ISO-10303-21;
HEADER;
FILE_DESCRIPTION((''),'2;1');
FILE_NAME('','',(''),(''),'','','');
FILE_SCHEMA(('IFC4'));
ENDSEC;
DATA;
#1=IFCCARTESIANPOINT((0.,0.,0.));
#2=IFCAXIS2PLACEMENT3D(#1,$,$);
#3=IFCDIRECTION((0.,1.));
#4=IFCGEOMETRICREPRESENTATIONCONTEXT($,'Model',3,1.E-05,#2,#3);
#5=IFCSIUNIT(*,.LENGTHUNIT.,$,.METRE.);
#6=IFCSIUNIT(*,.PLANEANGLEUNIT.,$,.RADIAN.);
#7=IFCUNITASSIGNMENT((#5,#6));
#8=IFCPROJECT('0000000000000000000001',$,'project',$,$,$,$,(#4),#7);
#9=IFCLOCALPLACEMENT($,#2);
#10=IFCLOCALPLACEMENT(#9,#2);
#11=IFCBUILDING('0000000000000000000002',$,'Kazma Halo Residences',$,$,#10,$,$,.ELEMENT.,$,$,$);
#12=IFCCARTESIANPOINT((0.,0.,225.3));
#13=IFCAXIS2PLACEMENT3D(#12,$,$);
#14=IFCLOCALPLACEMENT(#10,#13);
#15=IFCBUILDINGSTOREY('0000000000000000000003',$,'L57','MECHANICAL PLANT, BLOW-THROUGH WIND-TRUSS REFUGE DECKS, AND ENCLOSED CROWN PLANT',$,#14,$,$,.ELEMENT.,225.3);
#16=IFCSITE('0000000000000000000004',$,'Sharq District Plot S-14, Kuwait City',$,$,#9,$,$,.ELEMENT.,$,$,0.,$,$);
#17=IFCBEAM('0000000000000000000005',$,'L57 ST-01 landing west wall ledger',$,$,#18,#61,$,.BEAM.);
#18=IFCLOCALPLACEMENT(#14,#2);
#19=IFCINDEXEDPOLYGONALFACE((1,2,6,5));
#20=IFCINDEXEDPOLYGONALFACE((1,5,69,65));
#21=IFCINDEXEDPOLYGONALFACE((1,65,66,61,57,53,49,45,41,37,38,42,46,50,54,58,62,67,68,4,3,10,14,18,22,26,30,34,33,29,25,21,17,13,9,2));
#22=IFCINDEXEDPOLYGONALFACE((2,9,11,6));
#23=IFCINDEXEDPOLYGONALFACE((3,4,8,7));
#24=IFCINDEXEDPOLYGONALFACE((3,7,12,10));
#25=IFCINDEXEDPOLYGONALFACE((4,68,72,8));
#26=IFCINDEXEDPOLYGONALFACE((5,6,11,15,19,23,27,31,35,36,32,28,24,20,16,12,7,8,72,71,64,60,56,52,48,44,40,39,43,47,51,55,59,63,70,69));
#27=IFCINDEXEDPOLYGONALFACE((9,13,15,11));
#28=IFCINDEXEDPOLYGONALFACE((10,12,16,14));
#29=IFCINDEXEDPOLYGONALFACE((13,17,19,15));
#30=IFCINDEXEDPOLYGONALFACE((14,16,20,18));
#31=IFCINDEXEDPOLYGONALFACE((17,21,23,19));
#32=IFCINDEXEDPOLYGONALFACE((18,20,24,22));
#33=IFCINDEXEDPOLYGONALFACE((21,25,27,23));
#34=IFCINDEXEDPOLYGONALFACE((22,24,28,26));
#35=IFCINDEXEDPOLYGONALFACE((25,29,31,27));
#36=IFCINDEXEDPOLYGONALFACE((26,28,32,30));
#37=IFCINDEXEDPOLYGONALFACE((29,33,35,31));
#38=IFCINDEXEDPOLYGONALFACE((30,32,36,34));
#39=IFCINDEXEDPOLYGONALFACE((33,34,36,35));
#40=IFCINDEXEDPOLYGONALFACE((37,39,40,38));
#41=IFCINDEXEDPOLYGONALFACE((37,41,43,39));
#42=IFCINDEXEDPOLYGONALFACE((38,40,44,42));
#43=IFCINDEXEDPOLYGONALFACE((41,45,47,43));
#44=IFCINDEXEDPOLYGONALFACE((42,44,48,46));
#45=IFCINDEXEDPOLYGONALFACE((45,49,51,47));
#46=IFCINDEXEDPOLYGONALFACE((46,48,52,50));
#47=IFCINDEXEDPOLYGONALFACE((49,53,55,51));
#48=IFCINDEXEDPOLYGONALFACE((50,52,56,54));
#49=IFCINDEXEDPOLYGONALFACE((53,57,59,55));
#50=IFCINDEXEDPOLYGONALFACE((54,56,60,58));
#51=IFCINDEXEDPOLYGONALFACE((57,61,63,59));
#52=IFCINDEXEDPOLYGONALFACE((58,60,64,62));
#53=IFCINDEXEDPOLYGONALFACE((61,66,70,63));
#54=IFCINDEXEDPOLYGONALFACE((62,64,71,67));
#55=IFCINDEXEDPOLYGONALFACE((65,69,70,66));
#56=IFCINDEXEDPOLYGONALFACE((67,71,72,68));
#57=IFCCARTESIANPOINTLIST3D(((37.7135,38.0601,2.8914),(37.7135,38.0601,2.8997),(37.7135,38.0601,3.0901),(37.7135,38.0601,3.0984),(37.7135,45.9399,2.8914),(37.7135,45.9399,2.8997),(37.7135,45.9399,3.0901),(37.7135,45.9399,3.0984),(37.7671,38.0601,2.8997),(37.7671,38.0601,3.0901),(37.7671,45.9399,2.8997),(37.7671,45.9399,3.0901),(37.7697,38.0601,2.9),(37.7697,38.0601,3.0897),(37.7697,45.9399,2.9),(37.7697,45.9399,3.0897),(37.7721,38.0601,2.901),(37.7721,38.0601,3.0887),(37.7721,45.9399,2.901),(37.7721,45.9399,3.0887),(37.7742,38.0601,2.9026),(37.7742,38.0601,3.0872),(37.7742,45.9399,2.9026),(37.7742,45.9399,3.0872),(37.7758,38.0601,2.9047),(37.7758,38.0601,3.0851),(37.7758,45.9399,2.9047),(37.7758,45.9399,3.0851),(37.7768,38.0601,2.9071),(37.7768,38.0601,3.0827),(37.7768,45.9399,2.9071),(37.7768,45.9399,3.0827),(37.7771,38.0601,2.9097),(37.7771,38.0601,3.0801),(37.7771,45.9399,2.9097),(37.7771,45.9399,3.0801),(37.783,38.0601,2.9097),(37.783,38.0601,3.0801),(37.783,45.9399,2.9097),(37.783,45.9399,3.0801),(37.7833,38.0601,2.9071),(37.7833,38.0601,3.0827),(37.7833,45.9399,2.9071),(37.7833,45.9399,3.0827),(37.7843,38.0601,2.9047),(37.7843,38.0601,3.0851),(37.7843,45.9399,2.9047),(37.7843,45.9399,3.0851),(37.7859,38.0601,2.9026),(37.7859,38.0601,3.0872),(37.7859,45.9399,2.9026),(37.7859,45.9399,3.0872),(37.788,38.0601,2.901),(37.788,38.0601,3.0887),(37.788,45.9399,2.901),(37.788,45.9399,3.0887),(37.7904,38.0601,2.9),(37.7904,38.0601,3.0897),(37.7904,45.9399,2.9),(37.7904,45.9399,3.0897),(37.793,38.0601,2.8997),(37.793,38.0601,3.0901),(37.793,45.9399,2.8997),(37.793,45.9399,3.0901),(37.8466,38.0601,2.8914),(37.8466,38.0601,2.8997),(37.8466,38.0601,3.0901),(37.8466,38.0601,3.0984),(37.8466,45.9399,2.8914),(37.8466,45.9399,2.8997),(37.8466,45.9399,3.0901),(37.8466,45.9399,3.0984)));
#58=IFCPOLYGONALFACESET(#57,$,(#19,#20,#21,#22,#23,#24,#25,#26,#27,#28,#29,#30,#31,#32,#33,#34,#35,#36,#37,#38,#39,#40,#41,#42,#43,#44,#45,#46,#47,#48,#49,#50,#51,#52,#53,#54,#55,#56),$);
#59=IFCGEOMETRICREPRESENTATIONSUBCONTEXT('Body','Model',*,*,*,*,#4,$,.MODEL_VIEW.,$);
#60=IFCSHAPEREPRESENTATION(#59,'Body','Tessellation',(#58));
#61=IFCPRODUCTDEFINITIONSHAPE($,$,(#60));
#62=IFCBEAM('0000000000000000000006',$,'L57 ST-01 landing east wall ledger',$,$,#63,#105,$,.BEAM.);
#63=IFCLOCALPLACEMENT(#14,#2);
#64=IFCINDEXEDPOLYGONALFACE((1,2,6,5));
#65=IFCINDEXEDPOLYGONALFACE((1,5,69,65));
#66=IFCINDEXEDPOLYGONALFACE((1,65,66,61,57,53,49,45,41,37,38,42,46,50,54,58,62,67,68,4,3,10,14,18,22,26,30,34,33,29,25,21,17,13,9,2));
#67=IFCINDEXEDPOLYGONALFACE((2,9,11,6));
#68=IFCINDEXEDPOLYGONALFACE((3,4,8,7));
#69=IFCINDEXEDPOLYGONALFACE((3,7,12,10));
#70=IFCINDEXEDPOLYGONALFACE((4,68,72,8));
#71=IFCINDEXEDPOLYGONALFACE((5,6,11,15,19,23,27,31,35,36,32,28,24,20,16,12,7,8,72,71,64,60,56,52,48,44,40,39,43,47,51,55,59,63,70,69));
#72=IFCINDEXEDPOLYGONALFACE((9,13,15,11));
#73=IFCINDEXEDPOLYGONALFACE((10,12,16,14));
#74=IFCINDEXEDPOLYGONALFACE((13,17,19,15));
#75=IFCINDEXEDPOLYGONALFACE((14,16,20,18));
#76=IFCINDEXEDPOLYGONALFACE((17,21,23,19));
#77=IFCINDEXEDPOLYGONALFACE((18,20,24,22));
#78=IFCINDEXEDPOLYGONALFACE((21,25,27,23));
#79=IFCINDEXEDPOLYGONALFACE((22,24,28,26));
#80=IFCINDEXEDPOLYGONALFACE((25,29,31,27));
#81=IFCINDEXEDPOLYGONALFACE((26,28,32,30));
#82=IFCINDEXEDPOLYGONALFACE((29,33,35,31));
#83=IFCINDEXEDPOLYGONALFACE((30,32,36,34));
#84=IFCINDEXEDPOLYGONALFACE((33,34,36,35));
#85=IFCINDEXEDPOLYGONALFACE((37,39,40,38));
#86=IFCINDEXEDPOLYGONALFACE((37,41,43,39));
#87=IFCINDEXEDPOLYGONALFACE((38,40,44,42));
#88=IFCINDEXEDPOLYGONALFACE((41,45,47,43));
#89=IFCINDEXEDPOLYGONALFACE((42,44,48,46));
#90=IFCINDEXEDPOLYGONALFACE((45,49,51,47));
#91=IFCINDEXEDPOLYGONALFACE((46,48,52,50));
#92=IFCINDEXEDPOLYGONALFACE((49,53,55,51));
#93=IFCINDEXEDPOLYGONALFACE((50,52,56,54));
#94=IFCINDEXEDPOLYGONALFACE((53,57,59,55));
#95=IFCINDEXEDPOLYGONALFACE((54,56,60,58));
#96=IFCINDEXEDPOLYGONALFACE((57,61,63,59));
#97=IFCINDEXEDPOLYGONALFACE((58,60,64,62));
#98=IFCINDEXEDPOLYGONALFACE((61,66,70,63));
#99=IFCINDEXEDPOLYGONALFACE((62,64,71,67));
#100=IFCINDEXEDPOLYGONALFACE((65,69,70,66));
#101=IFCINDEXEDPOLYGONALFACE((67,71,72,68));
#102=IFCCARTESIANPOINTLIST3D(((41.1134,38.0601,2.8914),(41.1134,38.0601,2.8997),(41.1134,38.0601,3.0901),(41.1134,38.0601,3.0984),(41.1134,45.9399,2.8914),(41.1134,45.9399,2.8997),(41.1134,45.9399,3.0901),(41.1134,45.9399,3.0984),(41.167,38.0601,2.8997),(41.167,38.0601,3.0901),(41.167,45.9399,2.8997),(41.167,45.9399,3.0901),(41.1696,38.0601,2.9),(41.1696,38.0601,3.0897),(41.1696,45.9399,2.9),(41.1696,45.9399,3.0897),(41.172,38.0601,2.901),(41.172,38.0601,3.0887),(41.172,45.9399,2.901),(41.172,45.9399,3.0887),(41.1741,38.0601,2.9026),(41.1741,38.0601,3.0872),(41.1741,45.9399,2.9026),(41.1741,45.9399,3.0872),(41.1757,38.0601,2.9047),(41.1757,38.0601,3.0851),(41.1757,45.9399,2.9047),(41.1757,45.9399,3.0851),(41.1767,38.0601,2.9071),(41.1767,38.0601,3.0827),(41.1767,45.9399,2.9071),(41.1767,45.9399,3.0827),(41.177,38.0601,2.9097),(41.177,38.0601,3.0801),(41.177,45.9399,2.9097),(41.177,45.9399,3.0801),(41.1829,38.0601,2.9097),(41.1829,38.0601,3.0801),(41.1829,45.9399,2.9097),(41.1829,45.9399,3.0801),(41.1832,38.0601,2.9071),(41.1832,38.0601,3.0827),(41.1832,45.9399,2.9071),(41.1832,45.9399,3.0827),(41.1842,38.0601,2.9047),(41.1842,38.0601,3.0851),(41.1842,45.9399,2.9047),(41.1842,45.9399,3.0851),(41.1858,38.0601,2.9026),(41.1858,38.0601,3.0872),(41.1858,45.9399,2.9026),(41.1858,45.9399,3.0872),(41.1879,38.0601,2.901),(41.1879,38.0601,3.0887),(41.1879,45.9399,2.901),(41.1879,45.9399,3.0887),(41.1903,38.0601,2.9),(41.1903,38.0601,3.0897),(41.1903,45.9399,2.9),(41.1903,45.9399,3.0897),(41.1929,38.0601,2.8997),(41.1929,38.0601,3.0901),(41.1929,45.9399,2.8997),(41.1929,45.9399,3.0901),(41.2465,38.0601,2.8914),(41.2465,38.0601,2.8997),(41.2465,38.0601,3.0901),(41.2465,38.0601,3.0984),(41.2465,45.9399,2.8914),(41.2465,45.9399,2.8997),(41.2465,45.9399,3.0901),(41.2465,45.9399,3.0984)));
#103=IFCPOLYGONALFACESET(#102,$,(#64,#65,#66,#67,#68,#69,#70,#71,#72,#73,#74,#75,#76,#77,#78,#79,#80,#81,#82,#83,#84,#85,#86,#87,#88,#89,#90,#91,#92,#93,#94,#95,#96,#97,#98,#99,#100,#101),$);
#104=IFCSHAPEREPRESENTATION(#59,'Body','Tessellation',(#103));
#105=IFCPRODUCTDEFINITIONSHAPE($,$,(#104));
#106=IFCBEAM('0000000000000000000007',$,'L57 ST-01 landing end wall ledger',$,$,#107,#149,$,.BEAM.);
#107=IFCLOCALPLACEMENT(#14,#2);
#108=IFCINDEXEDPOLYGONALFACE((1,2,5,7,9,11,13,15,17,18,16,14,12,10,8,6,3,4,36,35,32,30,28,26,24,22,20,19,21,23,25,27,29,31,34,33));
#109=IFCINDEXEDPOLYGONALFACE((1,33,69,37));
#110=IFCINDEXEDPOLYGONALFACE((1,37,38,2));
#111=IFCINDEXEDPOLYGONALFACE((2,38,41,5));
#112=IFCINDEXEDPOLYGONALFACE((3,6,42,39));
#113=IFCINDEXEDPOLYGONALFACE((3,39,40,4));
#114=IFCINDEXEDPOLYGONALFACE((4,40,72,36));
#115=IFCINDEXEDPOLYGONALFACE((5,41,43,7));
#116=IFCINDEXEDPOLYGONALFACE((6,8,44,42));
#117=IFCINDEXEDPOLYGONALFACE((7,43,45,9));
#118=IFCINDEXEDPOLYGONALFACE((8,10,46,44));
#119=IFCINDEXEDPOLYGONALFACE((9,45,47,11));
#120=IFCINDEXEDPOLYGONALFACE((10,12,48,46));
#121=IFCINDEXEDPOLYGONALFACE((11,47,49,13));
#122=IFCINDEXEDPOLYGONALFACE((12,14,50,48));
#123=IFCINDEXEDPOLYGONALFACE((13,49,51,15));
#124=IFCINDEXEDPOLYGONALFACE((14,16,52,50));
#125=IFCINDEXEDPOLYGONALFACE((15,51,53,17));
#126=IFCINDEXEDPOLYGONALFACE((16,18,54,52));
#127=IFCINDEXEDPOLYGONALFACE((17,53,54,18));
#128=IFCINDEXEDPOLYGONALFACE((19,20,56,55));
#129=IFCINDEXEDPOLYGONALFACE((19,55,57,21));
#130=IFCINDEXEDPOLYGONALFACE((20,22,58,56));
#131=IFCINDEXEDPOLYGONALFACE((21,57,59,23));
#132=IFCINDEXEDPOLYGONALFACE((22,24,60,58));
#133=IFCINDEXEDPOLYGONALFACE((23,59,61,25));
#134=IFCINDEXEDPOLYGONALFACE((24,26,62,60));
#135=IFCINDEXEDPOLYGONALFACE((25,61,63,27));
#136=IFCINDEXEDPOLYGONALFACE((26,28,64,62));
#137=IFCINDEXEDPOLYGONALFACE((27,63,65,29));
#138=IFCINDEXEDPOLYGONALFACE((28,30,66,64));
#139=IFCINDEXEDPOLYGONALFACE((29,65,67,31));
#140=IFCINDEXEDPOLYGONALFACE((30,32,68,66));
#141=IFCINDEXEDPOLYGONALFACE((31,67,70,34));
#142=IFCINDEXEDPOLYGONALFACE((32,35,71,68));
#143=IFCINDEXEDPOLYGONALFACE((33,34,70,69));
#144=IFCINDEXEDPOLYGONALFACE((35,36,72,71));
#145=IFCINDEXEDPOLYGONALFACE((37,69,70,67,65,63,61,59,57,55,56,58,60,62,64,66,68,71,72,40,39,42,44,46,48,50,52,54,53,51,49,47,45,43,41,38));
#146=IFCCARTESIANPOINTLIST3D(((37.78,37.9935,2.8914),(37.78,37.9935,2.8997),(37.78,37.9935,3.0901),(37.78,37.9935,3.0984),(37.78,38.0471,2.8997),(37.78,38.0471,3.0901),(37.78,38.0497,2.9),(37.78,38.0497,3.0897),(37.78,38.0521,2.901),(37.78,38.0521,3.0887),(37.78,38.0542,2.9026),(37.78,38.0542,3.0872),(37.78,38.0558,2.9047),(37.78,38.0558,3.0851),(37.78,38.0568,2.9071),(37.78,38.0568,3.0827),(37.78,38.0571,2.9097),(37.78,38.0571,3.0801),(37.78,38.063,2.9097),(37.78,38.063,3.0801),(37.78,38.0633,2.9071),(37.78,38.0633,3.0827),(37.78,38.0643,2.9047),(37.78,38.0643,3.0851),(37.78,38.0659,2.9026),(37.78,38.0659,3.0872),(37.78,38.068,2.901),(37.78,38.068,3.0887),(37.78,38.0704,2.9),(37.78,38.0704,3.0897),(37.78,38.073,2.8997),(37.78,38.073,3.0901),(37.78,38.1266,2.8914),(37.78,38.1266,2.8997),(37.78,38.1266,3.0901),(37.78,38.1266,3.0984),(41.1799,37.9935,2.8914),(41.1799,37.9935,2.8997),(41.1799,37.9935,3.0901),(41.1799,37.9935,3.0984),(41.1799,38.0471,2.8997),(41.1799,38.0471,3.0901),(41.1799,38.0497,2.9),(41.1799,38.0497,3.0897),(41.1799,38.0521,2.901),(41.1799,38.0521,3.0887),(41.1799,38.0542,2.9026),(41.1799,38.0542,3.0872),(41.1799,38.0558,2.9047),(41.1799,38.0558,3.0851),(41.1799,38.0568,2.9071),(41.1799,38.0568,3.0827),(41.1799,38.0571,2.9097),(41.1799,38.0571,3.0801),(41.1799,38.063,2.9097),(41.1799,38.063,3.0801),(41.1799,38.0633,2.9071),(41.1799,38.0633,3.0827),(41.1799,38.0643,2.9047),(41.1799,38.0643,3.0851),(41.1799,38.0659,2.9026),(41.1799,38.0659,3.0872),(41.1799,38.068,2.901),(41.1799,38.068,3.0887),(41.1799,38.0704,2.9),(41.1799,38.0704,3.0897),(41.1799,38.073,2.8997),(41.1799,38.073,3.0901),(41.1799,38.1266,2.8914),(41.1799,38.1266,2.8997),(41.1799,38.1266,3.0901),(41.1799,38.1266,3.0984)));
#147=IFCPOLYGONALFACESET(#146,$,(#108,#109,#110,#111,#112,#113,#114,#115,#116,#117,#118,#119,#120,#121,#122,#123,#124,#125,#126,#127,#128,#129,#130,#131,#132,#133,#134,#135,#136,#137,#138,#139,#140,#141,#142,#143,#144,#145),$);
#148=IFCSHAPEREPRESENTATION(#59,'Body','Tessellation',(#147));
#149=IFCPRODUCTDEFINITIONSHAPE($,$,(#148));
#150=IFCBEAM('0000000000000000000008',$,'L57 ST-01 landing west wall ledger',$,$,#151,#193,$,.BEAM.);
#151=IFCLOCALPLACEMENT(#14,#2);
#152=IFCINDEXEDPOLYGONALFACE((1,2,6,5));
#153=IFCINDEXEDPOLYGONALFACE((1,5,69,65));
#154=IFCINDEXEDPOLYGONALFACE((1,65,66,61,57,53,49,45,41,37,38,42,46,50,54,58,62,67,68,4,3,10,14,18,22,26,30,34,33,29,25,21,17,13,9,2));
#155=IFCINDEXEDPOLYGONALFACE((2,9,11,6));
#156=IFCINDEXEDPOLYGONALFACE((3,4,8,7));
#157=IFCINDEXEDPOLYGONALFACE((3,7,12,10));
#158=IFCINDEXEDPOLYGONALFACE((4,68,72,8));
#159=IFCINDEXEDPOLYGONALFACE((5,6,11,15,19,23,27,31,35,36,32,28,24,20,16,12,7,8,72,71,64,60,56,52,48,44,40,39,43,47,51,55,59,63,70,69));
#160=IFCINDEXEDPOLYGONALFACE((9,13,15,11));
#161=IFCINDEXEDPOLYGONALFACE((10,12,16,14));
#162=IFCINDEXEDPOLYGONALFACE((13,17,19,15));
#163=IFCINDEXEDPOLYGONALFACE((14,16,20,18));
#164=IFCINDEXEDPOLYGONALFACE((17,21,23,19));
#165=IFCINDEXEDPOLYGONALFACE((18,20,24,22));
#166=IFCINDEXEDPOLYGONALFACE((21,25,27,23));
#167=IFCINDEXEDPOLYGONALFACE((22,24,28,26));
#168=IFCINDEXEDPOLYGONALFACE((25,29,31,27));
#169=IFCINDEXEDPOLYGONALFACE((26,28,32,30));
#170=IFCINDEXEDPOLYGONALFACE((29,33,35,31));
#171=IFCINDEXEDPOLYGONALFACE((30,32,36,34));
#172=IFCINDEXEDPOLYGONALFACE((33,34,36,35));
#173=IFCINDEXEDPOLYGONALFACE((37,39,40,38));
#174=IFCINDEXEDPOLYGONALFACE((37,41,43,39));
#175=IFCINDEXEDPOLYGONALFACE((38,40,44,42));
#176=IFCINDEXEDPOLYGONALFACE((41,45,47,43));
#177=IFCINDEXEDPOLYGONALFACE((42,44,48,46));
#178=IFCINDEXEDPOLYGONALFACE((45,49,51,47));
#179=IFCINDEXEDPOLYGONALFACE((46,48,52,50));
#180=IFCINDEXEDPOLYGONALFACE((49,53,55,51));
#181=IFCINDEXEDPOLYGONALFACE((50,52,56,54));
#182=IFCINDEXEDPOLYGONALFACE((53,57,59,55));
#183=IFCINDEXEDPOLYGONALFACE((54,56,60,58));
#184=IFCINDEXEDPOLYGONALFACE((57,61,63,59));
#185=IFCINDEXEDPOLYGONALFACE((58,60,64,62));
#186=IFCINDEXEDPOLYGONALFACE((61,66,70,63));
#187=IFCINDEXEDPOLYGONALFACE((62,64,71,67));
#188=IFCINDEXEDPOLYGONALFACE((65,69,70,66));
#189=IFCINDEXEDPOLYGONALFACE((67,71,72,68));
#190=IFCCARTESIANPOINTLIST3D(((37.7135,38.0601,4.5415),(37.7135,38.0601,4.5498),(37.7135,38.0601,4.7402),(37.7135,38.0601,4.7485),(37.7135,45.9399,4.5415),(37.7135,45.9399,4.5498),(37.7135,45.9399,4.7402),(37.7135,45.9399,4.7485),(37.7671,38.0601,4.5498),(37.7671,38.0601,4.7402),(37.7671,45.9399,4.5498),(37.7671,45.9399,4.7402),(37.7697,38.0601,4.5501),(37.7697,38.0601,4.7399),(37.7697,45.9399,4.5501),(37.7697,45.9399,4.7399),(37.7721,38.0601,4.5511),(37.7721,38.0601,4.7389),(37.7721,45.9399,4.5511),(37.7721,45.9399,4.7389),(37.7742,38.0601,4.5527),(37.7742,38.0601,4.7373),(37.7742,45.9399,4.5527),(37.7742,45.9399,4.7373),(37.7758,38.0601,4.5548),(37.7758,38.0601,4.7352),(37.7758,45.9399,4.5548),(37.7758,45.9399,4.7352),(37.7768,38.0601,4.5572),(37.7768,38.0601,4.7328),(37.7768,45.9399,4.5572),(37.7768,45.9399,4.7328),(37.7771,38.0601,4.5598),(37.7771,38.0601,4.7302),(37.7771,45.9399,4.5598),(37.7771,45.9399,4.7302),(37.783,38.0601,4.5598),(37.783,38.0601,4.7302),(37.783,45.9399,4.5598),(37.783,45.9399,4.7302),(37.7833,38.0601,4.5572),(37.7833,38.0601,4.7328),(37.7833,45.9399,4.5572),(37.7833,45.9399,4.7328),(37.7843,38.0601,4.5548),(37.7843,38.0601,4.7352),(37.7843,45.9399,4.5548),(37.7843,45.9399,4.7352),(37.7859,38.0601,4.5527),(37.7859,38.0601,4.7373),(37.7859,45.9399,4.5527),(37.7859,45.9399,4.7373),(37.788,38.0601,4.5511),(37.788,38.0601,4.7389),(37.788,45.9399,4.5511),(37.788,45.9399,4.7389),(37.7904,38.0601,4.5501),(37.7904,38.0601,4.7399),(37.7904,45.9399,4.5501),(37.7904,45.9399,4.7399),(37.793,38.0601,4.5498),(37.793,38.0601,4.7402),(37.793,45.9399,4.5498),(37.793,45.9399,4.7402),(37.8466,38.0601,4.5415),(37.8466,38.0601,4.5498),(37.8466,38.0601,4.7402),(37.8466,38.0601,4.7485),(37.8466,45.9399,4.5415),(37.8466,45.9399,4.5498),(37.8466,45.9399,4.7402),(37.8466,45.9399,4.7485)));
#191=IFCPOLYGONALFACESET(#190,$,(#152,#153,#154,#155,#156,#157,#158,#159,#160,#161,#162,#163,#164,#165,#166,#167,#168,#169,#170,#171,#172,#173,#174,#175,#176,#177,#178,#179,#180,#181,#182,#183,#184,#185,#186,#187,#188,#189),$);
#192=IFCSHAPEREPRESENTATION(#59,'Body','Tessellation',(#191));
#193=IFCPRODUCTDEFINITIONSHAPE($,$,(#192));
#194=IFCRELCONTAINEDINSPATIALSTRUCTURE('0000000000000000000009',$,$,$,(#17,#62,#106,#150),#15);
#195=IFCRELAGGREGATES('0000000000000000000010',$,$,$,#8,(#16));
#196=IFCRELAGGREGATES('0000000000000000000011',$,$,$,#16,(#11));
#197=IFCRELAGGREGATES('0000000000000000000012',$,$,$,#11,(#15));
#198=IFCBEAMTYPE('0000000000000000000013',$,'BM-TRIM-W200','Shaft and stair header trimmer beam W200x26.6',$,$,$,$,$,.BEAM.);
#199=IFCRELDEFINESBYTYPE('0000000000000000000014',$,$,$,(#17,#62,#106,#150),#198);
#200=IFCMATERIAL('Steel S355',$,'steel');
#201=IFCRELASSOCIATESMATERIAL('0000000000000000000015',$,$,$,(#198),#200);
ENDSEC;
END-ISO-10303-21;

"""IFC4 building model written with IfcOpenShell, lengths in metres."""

from ifc_helpers import new_model, si_unit, direction, frame, origin, origin_2d, place, context, subcontext, project, spatial, i_section, extrude, material, material_profile, profile_set, type_object, element, save


model = new_model("IFC4")

# Units and contexts
model_context = context("Model", 3, precision=1e-05, world=origin(), true_north=direction((0.0, 1.0)))
body_context = subcontext(model_context, "Body", "Model", "MODEL_VIEW")
ifc_project = project(units=[si_unit("LENGTHUNIT", "METRE"), si_unit("PLANEANGLEUNIT", "RADIAN")], contexts=[model_context])

# Site, building, storey
site_placement = place(None, origin())
site = spatial("IfcSite", under=ifc_project, at=site_placement, Name="Sharq District Plot S-14, Kuwait City", CompositionType="ELEMENT", RefElevation=0.0)
building_placement = place(site_placement, origin())
building = spatial("IfcBuilding", under=site, at=building_placement, Name="Kazma Halo Residences", CompositionType="ELEMENT")
storey_placement = place(building_placement, frame((0.0, 0.0, 225.3)))
storey = spatial("IfcBuildingStorey", under=building, at=storey_placement, Name="L57", Description="MECHANICAL PLANT, BLOW-THROUGH WIND-TRUSS REFUGE DECKS, AND ENCLOSED CROWN PLANT", CompositionType="ELEMENT", Elevation=225.3)

# Beams
ifc_material_1 = material(Name="Steel S355", Category="steel")
ifc_material_profile_1 = material_profile(ifc_material_1, i_section(OverallWidth=0.1331, OverallDepth=0.207, WebThickness=0.0059, FlangeThickness=0.0083, FilletRadius=0.01, at=origin_2d()), Name="W200x26.6")
ifc_profile_set_1 = profile_set([ifc_material_profile_1], Name="Steel S355")
beam_type_1 = type_object("IfcBeamType", Name="BM-TRIM-W200", Description="Shaft and stair header trimmer beam W200x26.6", PredefinedType="BEAM", material=ifc_profile_set_1)
for number, where, z_axis, x_axis, name in (
    (1, (37.78, 38.0601, 2.9949), (0.0, 1.0, 0.0), (-1.0, 0.0, 0.0), "L57 ST-01 landing west wall ledger"),
    (2, (41.1799, 38.0601, 2.9949), (0.0, 1.0, 0.0), (-1.0, 0.0, 0.0), "L57 ST-01 landing east wall ledger"),
):
    element("IfcBeam", number, at=place(storey_placement, frame(where, z_axis=z_axis, x_axis=x_axis)), inside=storey, type_object=beam_type_1, Name=name, PredefinedType="BEAM", context=body_context, shape_type="SweptSolid", body=[
        extrude(i_section(OverallWidth=0.1331, OverallDepth=0.207, WebThickness=0.0059, FlangeThickness=0.0083, FilletRadius=0.01, at=origin_2d()), origin(), (0.0, 0.0, 1.0), 7.8799),
    ])
beam_1_placement = place(storey_placement, frame((37.78, 38.0601, 2.9949), z_axis=(1.0, 0.0, 0.0), x_axis=(0.0, 1.0, 0.0)))
element("IfcBeam", 3, at=beam_1_placement, inside=storey, type_object=beam_type_1, Name="L57 ST-01 landing end wall ledger", PredefinedType="BEAM", context=body_context, shape_type="SweptSolid", body=[
    extrude(i_section(OverallWidth=0.1331, OverallDepth=0.207, WebThickness=0.0059, FlangeThickness=0.0083, FilletRadius=0.01, at=origin_2d()), origin(), (0.0, 0.0, 1.0), 3.3999),
])
beam_2_placement = place(storey_placement, frame((37.78, 38.0601, 4.645), z_axis=(0.0, 1.0, 0.0), x_axis=(-1.0, 0.0, 0.0)))
element("IfcBeam", 4, at=beam_2_placement, inside=storey, type_object=beam_type_1, Name="L57 ST-01 landing west wall ledger", PredefinedType="BEAM", context=body_context, shape_type="SweptSolid", body=[
    extrude(i_section(OverallWidth=0.1331, OverallDepth=0.207, WebThickness=0.0059, FlangeThickness=0.0083, FilletRadius=0.01, at=origin_2d()), origin(), (0.0, 0.0, 1.0), 7.8799),
])

save(model, "model.ifc")
